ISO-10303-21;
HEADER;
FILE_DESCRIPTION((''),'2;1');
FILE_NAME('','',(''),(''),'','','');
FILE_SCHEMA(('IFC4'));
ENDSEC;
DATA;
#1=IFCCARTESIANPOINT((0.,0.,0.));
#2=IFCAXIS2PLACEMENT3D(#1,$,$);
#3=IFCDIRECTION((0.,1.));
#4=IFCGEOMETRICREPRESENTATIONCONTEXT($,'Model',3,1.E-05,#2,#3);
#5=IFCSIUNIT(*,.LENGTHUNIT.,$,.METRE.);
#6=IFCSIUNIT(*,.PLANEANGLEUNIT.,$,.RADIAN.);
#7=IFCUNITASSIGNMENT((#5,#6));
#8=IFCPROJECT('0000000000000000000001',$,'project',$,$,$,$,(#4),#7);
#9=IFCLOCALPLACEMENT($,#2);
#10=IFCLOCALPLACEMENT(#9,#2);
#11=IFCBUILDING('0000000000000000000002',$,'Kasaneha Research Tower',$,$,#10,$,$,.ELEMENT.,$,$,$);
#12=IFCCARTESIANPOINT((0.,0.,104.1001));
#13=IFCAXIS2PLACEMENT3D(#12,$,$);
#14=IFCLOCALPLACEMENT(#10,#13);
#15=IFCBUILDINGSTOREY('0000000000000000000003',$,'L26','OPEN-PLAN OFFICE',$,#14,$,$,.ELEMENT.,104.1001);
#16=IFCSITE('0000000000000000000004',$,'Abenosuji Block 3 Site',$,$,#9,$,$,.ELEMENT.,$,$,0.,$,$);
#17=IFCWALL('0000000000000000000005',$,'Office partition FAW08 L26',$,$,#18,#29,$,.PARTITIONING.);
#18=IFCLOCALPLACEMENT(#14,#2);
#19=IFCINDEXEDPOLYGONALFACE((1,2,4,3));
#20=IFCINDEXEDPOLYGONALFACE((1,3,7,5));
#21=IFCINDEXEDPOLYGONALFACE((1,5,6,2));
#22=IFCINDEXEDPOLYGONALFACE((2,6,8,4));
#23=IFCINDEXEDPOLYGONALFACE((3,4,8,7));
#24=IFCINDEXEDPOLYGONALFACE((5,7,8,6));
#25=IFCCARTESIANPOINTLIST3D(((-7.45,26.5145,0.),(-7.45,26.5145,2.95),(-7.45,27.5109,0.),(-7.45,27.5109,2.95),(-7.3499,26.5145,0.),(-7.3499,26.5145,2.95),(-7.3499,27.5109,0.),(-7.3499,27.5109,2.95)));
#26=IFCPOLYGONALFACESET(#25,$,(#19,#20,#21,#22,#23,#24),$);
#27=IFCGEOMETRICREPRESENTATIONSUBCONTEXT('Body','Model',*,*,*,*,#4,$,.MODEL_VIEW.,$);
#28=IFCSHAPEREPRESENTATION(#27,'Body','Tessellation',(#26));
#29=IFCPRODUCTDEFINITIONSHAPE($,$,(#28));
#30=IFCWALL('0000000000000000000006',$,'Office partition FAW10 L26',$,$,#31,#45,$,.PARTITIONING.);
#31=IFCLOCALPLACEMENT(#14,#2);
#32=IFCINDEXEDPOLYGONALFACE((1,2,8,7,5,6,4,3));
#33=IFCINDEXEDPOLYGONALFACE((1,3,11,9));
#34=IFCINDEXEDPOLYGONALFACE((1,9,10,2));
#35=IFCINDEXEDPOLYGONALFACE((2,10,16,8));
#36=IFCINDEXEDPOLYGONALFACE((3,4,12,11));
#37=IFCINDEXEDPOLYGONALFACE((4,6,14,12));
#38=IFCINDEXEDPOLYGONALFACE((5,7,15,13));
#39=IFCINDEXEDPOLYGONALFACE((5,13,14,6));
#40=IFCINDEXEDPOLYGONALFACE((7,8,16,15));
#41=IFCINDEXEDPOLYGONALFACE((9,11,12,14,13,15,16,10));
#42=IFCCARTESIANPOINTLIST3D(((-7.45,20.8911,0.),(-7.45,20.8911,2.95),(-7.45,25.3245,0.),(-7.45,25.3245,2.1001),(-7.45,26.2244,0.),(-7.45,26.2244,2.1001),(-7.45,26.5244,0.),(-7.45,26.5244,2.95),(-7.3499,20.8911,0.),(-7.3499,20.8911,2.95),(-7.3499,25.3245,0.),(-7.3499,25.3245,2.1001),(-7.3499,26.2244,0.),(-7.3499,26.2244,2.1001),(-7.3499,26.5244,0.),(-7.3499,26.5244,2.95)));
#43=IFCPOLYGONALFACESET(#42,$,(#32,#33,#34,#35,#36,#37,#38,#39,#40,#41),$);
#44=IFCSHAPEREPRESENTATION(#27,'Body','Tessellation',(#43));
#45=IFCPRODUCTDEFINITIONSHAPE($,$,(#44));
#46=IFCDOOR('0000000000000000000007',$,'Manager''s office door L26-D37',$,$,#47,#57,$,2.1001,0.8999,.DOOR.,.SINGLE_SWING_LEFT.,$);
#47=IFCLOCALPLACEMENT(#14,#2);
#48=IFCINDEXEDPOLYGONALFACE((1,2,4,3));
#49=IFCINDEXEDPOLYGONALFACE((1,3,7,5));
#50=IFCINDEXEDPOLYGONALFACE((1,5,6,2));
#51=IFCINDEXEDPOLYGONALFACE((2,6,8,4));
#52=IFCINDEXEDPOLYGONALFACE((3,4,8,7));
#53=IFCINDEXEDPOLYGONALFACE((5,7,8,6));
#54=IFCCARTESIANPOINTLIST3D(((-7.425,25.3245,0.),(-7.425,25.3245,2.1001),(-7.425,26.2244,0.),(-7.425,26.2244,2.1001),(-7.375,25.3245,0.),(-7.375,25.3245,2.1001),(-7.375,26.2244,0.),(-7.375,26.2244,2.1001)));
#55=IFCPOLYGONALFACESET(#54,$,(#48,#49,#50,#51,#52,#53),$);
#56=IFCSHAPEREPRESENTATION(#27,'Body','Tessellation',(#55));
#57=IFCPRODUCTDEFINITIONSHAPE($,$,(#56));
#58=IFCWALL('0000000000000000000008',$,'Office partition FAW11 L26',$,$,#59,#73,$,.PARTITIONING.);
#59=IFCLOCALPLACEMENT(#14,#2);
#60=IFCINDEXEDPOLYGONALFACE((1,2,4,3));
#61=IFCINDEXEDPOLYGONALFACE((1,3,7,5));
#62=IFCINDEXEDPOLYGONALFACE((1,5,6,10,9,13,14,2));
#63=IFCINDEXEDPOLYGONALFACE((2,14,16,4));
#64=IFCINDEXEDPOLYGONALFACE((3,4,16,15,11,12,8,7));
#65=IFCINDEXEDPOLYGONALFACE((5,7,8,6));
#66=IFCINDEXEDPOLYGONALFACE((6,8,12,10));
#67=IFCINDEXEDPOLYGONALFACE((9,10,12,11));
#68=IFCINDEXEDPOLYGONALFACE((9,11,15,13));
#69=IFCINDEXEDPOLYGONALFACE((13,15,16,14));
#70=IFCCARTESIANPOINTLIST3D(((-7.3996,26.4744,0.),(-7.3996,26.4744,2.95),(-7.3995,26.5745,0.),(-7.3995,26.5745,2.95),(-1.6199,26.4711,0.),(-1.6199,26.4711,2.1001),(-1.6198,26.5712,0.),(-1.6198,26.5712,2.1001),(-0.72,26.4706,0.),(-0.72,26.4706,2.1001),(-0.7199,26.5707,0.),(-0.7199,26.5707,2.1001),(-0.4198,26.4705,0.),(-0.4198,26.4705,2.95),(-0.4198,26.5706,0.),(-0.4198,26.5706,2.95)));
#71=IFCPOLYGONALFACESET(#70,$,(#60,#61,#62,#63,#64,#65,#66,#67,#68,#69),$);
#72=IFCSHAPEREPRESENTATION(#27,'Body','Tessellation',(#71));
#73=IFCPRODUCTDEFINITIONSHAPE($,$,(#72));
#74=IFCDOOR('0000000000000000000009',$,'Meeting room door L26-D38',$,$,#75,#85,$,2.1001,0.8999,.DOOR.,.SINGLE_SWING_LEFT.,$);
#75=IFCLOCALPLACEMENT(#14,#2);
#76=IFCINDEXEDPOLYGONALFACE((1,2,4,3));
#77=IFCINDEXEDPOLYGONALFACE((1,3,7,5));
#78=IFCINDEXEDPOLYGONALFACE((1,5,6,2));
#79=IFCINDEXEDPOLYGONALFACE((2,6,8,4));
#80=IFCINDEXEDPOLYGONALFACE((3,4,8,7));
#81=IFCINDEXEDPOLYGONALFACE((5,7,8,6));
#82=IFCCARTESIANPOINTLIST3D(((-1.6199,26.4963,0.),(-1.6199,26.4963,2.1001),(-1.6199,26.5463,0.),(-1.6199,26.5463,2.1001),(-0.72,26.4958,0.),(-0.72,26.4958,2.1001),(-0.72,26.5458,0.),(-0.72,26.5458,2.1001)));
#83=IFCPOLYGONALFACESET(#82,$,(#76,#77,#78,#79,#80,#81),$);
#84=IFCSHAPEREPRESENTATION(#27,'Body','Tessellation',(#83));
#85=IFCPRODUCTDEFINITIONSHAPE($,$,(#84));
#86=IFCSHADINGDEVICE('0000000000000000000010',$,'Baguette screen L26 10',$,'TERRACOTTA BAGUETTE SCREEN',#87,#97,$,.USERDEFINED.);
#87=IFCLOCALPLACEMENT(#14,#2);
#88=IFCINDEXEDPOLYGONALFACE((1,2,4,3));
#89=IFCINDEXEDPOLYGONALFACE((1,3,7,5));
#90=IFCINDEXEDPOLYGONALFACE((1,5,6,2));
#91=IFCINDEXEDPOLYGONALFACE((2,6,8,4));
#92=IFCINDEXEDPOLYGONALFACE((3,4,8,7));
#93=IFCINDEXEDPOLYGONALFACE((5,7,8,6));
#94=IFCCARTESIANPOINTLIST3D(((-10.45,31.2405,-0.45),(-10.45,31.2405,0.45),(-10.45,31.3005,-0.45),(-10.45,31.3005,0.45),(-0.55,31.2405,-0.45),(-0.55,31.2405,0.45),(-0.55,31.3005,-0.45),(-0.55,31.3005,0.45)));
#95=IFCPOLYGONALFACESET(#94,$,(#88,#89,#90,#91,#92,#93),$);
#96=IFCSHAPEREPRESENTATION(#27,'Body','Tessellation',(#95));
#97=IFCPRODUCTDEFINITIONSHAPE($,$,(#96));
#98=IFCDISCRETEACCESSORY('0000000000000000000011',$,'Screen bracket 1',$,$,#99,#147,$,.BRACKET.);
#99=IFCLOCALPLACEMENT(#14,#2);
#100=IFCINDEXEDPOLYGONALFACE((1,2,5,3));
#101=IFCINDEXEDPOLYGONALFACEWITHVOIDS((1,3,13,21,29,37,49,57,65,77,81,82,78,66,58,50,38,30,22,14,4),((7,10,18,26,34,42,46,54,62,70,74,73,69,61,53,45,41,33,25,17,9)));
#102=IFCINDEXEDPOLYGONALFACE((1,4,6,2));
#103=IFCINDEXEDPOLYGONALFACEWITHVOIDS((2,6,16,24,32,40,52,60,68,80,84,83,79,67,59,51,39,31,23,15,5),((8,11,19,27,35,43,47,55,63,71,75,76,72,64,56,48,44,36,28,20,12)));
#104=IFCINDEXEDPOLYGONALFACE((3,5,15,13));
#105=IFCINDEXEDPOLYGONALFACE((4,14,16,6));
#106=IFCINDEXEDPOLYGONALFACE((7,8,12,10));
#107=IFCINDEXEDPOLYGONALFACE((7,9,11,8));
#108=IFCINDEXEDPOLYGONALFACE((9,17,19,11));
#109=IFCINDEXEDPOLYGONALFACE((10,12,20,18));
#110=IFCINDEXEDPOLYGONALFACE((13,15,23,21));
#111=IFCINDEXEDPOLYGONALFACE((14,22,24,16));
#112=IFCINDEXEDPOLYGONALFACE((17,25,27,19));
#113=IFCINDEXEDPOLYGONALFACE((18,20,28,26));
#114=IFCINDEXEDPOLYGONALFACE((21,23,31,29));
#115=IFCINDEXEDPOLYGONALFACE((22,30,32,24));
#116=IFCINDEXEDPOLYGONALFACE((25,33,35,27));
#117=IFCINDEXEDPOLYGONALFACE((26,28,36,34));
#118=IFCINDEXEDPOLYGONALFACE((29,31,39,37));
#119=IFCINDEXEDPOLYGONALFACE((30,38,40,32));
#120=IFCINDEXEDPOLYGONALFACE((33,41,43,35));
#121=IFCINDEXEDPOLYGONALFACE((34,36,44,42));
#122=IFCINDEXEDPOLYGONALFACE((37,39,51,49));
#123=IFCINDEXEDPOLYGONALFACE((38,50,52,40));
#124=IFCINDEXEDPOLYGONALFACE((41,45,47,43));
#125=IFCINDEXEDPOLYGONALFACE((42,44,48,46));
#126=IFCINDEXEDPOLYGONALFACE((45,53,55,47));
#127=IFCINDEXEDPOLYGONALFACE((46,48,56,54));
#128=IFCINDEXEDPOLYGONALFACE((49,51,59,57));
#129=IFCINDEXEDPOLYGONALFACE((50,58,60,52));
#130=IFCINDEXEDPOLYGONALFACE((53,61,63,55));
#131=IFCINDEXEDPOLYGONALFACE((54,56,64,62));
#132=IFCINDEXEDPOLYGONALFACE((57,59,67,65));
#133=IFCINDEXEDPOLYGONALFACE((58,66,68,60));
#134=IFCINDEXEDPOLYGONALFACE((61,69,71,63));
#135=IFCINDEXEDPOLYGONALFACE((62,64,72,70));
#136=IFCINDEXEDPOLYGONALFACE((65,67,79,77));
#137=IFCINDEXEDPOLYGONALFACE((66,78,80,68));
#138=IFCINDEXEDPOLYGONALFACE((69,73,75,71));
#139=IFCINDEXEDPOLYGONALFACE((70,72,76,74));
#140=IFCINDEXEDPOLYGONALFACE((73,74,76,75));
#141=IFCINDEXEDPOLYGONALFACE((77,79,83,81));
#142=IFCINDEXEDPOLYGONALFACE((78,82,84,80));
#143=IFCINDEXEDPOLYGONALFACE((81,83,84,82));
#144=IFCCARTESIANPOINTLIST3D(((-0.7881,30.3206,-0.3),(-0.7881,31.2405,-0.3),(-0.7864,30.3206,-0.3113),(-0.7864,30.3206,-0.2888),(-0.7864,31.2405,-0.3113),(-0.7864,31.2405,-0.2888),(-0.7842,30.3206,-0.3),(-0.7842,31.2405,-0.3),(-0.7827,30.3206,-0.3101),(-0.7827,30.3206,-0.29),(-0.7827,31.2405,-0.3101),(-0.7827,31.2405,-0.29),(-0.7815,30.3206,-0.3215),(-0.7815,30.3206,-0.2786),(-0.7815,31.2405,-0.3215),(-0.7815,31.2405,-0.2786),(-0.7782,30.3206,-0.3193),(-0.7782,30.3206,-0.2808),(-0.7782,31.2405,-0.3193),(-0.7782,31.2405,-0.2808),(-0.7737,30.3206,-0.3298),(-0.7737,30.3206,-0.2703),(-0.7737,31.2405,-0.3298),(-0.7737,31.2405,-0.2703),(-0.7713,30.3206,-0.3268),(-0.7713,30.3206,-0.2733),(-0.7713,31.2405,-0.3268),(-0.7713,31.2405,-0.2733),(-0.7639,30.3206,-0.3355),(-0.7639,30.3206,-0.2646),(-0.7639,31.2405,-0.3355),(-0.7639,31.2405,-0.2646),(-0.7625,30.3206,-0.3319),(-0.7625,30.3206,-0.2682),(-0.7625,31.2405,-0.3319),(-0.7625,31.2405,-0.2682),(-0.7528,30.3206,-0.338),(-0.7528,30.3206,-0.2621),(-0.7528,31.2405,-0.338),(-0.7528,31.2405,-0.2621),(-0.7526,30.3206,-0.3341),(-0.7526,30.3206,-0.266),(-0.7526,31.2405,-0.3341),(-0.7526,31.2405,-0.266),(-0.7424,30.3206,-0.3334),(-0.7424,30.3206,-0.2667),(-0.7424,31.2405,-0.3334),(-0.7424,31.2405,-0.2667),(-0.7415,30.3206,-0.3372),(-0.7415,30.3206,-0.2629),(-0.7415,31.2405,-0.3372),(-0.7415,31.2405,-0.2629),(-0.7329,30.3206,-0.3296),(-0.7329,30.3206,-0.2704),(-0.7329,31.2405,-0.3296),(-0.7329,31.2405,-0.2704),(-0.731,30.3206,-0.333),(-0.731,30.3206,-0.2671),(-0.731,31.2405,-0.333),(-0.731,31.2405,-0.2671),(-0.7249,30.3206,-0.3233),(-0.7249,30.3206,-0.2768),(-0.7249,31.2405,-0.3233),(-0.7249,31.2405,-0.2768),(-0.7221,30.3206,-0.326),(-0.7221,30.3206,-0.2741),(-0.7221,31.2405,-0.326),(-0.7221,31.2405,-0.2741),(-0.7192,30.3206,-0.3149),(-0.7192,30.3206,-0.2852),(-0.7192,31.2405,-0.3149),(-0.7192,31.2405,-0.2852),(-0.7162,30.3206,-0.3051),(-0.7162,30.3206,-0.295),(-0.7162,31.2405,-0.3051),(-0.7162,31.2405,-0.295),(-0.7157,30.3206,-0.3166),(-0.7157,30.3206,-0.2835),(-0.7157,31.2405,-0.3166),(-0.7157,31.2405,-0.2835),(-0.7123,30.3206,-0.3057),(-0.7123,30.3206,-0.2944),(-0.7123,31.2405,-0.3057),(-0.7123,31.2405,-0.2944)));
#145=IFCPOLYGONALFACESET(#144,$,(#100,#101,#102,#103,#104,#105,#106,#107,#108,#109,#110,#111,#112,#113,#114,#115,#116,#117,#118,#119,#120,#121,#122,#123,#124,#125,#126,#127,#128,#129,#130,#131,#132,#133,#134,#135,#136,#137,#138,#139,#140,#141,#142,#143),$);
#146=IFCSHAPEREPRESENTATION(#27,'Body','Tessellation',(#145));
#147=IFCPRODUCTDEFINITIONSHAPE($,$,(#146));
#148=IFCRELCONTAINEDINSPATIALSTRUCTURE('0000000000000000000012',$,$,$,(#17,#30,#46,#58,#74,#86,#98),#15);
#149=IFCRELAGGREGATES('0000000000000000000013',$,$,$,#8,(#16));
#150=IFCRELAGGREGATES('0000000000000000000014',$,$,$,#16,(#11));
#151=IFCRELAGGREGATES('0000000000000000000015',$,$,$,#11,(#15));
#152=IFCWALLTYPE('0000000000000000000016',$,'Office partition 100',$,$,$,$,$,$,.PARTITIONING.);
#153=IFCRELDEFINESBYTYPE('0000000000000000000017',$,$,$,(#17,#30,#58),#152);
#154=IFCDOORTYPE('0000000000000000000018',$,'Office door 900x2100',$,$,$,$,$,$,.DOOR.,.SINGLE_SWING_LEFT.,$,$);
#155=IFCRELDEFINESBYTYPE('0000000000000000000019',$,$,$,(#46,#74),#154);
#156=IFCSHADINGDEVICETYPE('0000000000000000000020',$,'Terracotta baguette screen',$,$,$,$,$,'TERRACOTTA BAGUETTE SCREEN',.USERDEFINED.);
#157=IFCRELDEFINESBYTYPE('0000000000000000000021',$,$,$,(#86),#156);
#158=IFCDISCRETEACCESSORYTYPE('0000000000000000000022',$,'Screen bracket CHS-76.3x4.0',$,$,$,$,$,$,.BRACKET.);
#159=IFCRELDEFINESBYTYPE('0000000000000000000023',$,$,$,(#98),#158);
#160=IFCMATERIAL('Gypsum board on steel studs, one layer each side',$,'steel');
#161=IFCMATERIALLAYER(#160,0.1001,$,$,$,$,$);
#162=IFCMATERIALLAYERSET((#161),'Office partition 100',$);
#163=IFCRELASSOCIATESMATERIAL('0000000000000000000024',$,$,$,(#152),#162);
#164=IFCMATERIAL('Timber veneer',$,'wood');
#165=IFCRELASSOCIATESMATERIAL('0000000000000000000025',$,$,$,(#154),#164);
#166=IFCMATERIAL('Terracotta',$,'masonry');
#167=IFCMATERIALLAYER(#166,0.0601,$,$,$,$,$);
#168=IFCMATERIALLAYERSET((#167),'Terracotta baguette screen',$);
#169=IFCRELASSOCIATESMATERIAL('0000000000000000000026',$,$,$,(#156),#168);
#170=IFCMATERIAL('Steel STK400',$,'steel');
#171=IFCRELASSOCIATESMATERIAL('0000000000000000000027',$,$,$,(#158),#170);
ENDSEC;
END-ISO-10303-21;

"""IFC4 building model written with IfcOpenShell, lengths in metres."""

from ifc_helpers import new_model, si_unit, direction, frame, frame_2d, origin, origin_2d, place, context, subcontext, project, spatial, rectangle, hollow_circle, extrude, material, layer, layer_set, material_profile, profile_set, type_object, element, fill, save


model = new_model("IFC4")

# Units and contexts
model_context = context("Model", 3, precision=1e-05, world=origin(), true_north=direction((0.0, 1.0)))
body_context = subcontext(model_context, "Body", "Model", "MODEL_VIEW")
ifc_project = project(units=[si_unit("LENGTHUNIT", "METRE"), si_unit("PLANEANGLEUNIT", "RADIAN")], contexts=[model_context])

# Site, building, storey
site_placement = place(None, origin())
site = spatial("IfcSite", under=ifc_project, at=site_placement, Name="Abenosuji Block 3 Site", CompositionType="ELEMENT", RefElevation=0.0)
building_placement = place(site_placement, origin())
building = spatial("IfcBuilding", under=site, at=building_placement, Name="Kasaneha Research Tower", CompositionType="ELEMENT")
storey_placement = place(building_placement, frame((0.0, 0.0, 104.1001)))
storey = spatial("IfcBuildingStorey", under=building, at=storey_placement, Name="L26", Description="OPEN-PLAN OFFICE", CompositionType="ELEMENT", Elevation=104.1001)

# Wall
ifc_material_1 = material(Name="Gypsum board on steel studs, one layer each side", Category="steel")
ifc_layer_1 = layer(ifc_material_1, 0.1001)
ifc_layer_set_1 = layer_set([ifc_layer_1], Name="Office partition 100")
wall_type = type_object("IfcWallType", Name="Office partition 100", PredefinedType="PARTITIONING", material=ifc_layer_set_1)
wall_1_placement = place(storey_placement, frame((-7.3999, 27.5107, 0.0), z_axis=(0.0, 0.0, 1.0), x_axis=(0.0, -1.0, 0.0)))
element("IfcWall", 1, at=wall_1_placement, inside=storey, type_object=wall_type, Name="Office partition FAW08 L26", PredefinedType="PARTITIONING", context=body_context, shape_type="SweptSolid", body=[
    extrude(rectangle(XDim=0.9963, YDim=0.1001, at=frame_2d((0.498, 0.0))), origin(), (0.0, 0.0, 1.0), 2.95),
])

# Walls, openings, doors
wall_2_placement = place(storey_placement, frame((-7.3999, 26.5244, 0.0), z_axis=(0.0, 0.0, 1.0), x_axis=(0.0, -1.0, 0.0)))
wall_2 = element("IfcWall", 2, at=wall_2_placement, inside=storey, type_object=wall_type, Name="Office partition FAW10 L26", PredefinedType="PARTITIONING", context=body_context, shape_type="SweptSolid", body=[
    extrude(rectangle(XDim=5.6333, YDim=0.1001, at=frame_2d((2.8167, 0.0))), origin(), (0.0, 0.0, 1.0), 2.95),
])
opening_1_placement = place(wall_2_placement, frame((0.3, 0.0, 0.0)))
opening_1 = element("IfcOpeningElement", 3, at=opening_1_placement, cuts=wall_2, PredefinedType="OPENING", context=body_context, shape_type="SweptSolid", body=[
    extrude(rectangle(XDim=0.8999, YDim=2.1001, at=frame_2d((0.45, 1.05))), frame((0.0, 0.0601, 0.0), z_axis=(0.0, -1.0, 0.0), x_axis=(1.0, 0.0, 0.0)), (0.0, 0.0, 1.0), 0.1201),
])
ifc_material_2 = material(Name="Timber veneer", Category="wood")
door_type = type_object("IfcDoorType", Name="Office door 900x2100", OperationType="SINGLE_SWING_LEFT", PredefinedType="DOOR", material=ifc_material_2)
door_1_placement = place(opening_1_placement, origin())
door_1 = element("IfcDoor", 4, at=door_1_placement, inside=storey, type_object=door_type, Name="Manager's office door L26-D37", OperationType="SINGLE_SWING_LEFT", OverallHeight=2.1001, OverallWidth=0.8999, PredefinedType="DOOR", context=body_context, shape_type="SweptSolid", body=[
    extrude(rectangle(XDim=0.8999, YDim=2.1001, at=frame_2d((0.45, 1.05))), frame((0.0, 0.0249, 0.0), z_axis=(0.0, -1.0, 0.0), x_axis=(1.0, 0.0, 0.0)), (0.0, 0.0, 1.0), 0.05),
])
fill(opening_1, door_1)
wall_3_placement = place(storey_placement, frame((-0.4199, 26.5205, 0.0), z_axis=(0.0, 0.0, 1.0), x_axis=(-1.0, 0.00056, 0.0)))
wall_3 = element("IfcWall", 5, at=wall_3_placement, inside=storey, type_object=wall_type, Name="Office partition FAW11 L26", PredefinedType="PARTITIONING", context=body_context, shape_type="SweptSolid", body=[
    extrude(rectangle(XDim=6.9797, YDim=0.1001, at=frame_2d((3.4897, 0.0))), origin(), (0.0, 0.0, 1.0), 2.95),
])
opening_2_placement = place(wall_3_placement, frame((0.3, 0.0, 0.0)))
opening_2 = element("IfcOpeningElement", 6, at=opening_2_placement, cuts=wall_3, PredefinedType="OPENING", context=body_context, shape_type="SweptSolid", body=[
    extrude(rectangle(XDim=0.8999, YDim=2.1001, at=frame_2d((0.45, 1.05))), frame((0.0, 0.0601, 0.0), z_axis=(0.0, -1.0, 0.0), x_axis=(1.0, 0.0, 0.0)), (0.0, 0.0, 1.0), 0.1201),
])
door_2_placement = place(opening_2_placement, origin())
door_2 = element("IfcDoor", 7, at=door_2_placement, inside=storey, type_object=door_type, Name="Meeting room door L26-D38", OperationType="SINGLE_SWING_LEFT", OverallHeight=2.1001, OverallWidth=0.8999, PredefinedType="DOOR", context=body_context, shape_type="SweptSolid", body=[
    extrude(rectangle(XDim=0.8999, YDim=2.1001, at=frame_2d((0.45, 1.05))), frame((0.0, 0.0249, 0.0), z_axis=(0.0, -1.0, 0.0), x_axis=(1.0, 0.0, 0.0)), (0.0, 0.0, 1.0), 0.05),
])
fill(opening_2, door_2)

# Shading device
ifc_material_3 = material(Name="Terracotta", Category="masonry")
ifc_layer_2 = layer(ifc_material_3, 0.0601)
ifc_layer_set_2 = layer_set([ifc_layer_2], Name="Terracotta baguette screen")
shading_device_type = type_object("IfcShadingDeviceType", Name="Terracotta baguette screen", ElementType="TERRACOTTA BAGUETTE SCREEN", PredefinedType="USERDEFINED", material=ifc_layer_set_2)
shading_device_placement = place(storey_placement, frame((-5.5, 31.2705, -0.45), z_axis=(0.0, 0.0, 1.0), x_axis=(-1.0, 0.0, 0.0)))
element("IfcShadingDevice", 8, at=shading_device_placement, inside=storey, type_object=shading_device_type, Name="Baguette screen L26 10", ObjectType="TERRACOTTA BAGUETTE SCREEN", PredefinedType="USERDEFINED", context=body_context, shape_type="SweptSolid", body=[
    extrude(rectangle(XDim=9.8999, YDim=0.0601, at=origin_2d()), origin(), (0.0, 0.0, 1.0), 0.8999),
])

# Discrete accessory
ifc_material_4 = material(Name="Steel STK400", Category="steel")
ifc_material_profile_1 = material_profile(ifc_material_4, hollow_circle(Radius=0.0381, WallThickness=0.0039, at=origin_2d()), Name="CHS-76.3x4.0")
ifc_profile_set_1 = profile_set([ifc_material_profile_1], Name="Steel STK400")
discrete_accessory_type = type_object("IfcDiscreteAccessoryType", Name="Screen bracket CHS-76.3x4.0", PredefinedType="BRACKET", material=ifc_profile_set_1)
for number, where, z_axis, x_axis, name in (
    (9, (-0.75, 30.3206, -0.3), (0.0, 1.0, 0.0), (-1.0, 0.0, 0.0), "Screen bracket 1"),
):
    element("IfcDiscreteAccessory", number, at=place(storey_placement, frame(where, z_axis=z_axis, x_axis=x_axis)), inside=storey, type_object=discrete_accessory_type, Name=name, PredefinedType="BRACKET", context=body_context, shape_type="SweptSolid", body=[
        extrude(hollow_circle(Radius=0.0381, WallThickness=0.0039, at=origin_2d()), origin(), (0.0, 0.0, 1.0), 0.9199),
    ])

save(model, "model.ifc")
